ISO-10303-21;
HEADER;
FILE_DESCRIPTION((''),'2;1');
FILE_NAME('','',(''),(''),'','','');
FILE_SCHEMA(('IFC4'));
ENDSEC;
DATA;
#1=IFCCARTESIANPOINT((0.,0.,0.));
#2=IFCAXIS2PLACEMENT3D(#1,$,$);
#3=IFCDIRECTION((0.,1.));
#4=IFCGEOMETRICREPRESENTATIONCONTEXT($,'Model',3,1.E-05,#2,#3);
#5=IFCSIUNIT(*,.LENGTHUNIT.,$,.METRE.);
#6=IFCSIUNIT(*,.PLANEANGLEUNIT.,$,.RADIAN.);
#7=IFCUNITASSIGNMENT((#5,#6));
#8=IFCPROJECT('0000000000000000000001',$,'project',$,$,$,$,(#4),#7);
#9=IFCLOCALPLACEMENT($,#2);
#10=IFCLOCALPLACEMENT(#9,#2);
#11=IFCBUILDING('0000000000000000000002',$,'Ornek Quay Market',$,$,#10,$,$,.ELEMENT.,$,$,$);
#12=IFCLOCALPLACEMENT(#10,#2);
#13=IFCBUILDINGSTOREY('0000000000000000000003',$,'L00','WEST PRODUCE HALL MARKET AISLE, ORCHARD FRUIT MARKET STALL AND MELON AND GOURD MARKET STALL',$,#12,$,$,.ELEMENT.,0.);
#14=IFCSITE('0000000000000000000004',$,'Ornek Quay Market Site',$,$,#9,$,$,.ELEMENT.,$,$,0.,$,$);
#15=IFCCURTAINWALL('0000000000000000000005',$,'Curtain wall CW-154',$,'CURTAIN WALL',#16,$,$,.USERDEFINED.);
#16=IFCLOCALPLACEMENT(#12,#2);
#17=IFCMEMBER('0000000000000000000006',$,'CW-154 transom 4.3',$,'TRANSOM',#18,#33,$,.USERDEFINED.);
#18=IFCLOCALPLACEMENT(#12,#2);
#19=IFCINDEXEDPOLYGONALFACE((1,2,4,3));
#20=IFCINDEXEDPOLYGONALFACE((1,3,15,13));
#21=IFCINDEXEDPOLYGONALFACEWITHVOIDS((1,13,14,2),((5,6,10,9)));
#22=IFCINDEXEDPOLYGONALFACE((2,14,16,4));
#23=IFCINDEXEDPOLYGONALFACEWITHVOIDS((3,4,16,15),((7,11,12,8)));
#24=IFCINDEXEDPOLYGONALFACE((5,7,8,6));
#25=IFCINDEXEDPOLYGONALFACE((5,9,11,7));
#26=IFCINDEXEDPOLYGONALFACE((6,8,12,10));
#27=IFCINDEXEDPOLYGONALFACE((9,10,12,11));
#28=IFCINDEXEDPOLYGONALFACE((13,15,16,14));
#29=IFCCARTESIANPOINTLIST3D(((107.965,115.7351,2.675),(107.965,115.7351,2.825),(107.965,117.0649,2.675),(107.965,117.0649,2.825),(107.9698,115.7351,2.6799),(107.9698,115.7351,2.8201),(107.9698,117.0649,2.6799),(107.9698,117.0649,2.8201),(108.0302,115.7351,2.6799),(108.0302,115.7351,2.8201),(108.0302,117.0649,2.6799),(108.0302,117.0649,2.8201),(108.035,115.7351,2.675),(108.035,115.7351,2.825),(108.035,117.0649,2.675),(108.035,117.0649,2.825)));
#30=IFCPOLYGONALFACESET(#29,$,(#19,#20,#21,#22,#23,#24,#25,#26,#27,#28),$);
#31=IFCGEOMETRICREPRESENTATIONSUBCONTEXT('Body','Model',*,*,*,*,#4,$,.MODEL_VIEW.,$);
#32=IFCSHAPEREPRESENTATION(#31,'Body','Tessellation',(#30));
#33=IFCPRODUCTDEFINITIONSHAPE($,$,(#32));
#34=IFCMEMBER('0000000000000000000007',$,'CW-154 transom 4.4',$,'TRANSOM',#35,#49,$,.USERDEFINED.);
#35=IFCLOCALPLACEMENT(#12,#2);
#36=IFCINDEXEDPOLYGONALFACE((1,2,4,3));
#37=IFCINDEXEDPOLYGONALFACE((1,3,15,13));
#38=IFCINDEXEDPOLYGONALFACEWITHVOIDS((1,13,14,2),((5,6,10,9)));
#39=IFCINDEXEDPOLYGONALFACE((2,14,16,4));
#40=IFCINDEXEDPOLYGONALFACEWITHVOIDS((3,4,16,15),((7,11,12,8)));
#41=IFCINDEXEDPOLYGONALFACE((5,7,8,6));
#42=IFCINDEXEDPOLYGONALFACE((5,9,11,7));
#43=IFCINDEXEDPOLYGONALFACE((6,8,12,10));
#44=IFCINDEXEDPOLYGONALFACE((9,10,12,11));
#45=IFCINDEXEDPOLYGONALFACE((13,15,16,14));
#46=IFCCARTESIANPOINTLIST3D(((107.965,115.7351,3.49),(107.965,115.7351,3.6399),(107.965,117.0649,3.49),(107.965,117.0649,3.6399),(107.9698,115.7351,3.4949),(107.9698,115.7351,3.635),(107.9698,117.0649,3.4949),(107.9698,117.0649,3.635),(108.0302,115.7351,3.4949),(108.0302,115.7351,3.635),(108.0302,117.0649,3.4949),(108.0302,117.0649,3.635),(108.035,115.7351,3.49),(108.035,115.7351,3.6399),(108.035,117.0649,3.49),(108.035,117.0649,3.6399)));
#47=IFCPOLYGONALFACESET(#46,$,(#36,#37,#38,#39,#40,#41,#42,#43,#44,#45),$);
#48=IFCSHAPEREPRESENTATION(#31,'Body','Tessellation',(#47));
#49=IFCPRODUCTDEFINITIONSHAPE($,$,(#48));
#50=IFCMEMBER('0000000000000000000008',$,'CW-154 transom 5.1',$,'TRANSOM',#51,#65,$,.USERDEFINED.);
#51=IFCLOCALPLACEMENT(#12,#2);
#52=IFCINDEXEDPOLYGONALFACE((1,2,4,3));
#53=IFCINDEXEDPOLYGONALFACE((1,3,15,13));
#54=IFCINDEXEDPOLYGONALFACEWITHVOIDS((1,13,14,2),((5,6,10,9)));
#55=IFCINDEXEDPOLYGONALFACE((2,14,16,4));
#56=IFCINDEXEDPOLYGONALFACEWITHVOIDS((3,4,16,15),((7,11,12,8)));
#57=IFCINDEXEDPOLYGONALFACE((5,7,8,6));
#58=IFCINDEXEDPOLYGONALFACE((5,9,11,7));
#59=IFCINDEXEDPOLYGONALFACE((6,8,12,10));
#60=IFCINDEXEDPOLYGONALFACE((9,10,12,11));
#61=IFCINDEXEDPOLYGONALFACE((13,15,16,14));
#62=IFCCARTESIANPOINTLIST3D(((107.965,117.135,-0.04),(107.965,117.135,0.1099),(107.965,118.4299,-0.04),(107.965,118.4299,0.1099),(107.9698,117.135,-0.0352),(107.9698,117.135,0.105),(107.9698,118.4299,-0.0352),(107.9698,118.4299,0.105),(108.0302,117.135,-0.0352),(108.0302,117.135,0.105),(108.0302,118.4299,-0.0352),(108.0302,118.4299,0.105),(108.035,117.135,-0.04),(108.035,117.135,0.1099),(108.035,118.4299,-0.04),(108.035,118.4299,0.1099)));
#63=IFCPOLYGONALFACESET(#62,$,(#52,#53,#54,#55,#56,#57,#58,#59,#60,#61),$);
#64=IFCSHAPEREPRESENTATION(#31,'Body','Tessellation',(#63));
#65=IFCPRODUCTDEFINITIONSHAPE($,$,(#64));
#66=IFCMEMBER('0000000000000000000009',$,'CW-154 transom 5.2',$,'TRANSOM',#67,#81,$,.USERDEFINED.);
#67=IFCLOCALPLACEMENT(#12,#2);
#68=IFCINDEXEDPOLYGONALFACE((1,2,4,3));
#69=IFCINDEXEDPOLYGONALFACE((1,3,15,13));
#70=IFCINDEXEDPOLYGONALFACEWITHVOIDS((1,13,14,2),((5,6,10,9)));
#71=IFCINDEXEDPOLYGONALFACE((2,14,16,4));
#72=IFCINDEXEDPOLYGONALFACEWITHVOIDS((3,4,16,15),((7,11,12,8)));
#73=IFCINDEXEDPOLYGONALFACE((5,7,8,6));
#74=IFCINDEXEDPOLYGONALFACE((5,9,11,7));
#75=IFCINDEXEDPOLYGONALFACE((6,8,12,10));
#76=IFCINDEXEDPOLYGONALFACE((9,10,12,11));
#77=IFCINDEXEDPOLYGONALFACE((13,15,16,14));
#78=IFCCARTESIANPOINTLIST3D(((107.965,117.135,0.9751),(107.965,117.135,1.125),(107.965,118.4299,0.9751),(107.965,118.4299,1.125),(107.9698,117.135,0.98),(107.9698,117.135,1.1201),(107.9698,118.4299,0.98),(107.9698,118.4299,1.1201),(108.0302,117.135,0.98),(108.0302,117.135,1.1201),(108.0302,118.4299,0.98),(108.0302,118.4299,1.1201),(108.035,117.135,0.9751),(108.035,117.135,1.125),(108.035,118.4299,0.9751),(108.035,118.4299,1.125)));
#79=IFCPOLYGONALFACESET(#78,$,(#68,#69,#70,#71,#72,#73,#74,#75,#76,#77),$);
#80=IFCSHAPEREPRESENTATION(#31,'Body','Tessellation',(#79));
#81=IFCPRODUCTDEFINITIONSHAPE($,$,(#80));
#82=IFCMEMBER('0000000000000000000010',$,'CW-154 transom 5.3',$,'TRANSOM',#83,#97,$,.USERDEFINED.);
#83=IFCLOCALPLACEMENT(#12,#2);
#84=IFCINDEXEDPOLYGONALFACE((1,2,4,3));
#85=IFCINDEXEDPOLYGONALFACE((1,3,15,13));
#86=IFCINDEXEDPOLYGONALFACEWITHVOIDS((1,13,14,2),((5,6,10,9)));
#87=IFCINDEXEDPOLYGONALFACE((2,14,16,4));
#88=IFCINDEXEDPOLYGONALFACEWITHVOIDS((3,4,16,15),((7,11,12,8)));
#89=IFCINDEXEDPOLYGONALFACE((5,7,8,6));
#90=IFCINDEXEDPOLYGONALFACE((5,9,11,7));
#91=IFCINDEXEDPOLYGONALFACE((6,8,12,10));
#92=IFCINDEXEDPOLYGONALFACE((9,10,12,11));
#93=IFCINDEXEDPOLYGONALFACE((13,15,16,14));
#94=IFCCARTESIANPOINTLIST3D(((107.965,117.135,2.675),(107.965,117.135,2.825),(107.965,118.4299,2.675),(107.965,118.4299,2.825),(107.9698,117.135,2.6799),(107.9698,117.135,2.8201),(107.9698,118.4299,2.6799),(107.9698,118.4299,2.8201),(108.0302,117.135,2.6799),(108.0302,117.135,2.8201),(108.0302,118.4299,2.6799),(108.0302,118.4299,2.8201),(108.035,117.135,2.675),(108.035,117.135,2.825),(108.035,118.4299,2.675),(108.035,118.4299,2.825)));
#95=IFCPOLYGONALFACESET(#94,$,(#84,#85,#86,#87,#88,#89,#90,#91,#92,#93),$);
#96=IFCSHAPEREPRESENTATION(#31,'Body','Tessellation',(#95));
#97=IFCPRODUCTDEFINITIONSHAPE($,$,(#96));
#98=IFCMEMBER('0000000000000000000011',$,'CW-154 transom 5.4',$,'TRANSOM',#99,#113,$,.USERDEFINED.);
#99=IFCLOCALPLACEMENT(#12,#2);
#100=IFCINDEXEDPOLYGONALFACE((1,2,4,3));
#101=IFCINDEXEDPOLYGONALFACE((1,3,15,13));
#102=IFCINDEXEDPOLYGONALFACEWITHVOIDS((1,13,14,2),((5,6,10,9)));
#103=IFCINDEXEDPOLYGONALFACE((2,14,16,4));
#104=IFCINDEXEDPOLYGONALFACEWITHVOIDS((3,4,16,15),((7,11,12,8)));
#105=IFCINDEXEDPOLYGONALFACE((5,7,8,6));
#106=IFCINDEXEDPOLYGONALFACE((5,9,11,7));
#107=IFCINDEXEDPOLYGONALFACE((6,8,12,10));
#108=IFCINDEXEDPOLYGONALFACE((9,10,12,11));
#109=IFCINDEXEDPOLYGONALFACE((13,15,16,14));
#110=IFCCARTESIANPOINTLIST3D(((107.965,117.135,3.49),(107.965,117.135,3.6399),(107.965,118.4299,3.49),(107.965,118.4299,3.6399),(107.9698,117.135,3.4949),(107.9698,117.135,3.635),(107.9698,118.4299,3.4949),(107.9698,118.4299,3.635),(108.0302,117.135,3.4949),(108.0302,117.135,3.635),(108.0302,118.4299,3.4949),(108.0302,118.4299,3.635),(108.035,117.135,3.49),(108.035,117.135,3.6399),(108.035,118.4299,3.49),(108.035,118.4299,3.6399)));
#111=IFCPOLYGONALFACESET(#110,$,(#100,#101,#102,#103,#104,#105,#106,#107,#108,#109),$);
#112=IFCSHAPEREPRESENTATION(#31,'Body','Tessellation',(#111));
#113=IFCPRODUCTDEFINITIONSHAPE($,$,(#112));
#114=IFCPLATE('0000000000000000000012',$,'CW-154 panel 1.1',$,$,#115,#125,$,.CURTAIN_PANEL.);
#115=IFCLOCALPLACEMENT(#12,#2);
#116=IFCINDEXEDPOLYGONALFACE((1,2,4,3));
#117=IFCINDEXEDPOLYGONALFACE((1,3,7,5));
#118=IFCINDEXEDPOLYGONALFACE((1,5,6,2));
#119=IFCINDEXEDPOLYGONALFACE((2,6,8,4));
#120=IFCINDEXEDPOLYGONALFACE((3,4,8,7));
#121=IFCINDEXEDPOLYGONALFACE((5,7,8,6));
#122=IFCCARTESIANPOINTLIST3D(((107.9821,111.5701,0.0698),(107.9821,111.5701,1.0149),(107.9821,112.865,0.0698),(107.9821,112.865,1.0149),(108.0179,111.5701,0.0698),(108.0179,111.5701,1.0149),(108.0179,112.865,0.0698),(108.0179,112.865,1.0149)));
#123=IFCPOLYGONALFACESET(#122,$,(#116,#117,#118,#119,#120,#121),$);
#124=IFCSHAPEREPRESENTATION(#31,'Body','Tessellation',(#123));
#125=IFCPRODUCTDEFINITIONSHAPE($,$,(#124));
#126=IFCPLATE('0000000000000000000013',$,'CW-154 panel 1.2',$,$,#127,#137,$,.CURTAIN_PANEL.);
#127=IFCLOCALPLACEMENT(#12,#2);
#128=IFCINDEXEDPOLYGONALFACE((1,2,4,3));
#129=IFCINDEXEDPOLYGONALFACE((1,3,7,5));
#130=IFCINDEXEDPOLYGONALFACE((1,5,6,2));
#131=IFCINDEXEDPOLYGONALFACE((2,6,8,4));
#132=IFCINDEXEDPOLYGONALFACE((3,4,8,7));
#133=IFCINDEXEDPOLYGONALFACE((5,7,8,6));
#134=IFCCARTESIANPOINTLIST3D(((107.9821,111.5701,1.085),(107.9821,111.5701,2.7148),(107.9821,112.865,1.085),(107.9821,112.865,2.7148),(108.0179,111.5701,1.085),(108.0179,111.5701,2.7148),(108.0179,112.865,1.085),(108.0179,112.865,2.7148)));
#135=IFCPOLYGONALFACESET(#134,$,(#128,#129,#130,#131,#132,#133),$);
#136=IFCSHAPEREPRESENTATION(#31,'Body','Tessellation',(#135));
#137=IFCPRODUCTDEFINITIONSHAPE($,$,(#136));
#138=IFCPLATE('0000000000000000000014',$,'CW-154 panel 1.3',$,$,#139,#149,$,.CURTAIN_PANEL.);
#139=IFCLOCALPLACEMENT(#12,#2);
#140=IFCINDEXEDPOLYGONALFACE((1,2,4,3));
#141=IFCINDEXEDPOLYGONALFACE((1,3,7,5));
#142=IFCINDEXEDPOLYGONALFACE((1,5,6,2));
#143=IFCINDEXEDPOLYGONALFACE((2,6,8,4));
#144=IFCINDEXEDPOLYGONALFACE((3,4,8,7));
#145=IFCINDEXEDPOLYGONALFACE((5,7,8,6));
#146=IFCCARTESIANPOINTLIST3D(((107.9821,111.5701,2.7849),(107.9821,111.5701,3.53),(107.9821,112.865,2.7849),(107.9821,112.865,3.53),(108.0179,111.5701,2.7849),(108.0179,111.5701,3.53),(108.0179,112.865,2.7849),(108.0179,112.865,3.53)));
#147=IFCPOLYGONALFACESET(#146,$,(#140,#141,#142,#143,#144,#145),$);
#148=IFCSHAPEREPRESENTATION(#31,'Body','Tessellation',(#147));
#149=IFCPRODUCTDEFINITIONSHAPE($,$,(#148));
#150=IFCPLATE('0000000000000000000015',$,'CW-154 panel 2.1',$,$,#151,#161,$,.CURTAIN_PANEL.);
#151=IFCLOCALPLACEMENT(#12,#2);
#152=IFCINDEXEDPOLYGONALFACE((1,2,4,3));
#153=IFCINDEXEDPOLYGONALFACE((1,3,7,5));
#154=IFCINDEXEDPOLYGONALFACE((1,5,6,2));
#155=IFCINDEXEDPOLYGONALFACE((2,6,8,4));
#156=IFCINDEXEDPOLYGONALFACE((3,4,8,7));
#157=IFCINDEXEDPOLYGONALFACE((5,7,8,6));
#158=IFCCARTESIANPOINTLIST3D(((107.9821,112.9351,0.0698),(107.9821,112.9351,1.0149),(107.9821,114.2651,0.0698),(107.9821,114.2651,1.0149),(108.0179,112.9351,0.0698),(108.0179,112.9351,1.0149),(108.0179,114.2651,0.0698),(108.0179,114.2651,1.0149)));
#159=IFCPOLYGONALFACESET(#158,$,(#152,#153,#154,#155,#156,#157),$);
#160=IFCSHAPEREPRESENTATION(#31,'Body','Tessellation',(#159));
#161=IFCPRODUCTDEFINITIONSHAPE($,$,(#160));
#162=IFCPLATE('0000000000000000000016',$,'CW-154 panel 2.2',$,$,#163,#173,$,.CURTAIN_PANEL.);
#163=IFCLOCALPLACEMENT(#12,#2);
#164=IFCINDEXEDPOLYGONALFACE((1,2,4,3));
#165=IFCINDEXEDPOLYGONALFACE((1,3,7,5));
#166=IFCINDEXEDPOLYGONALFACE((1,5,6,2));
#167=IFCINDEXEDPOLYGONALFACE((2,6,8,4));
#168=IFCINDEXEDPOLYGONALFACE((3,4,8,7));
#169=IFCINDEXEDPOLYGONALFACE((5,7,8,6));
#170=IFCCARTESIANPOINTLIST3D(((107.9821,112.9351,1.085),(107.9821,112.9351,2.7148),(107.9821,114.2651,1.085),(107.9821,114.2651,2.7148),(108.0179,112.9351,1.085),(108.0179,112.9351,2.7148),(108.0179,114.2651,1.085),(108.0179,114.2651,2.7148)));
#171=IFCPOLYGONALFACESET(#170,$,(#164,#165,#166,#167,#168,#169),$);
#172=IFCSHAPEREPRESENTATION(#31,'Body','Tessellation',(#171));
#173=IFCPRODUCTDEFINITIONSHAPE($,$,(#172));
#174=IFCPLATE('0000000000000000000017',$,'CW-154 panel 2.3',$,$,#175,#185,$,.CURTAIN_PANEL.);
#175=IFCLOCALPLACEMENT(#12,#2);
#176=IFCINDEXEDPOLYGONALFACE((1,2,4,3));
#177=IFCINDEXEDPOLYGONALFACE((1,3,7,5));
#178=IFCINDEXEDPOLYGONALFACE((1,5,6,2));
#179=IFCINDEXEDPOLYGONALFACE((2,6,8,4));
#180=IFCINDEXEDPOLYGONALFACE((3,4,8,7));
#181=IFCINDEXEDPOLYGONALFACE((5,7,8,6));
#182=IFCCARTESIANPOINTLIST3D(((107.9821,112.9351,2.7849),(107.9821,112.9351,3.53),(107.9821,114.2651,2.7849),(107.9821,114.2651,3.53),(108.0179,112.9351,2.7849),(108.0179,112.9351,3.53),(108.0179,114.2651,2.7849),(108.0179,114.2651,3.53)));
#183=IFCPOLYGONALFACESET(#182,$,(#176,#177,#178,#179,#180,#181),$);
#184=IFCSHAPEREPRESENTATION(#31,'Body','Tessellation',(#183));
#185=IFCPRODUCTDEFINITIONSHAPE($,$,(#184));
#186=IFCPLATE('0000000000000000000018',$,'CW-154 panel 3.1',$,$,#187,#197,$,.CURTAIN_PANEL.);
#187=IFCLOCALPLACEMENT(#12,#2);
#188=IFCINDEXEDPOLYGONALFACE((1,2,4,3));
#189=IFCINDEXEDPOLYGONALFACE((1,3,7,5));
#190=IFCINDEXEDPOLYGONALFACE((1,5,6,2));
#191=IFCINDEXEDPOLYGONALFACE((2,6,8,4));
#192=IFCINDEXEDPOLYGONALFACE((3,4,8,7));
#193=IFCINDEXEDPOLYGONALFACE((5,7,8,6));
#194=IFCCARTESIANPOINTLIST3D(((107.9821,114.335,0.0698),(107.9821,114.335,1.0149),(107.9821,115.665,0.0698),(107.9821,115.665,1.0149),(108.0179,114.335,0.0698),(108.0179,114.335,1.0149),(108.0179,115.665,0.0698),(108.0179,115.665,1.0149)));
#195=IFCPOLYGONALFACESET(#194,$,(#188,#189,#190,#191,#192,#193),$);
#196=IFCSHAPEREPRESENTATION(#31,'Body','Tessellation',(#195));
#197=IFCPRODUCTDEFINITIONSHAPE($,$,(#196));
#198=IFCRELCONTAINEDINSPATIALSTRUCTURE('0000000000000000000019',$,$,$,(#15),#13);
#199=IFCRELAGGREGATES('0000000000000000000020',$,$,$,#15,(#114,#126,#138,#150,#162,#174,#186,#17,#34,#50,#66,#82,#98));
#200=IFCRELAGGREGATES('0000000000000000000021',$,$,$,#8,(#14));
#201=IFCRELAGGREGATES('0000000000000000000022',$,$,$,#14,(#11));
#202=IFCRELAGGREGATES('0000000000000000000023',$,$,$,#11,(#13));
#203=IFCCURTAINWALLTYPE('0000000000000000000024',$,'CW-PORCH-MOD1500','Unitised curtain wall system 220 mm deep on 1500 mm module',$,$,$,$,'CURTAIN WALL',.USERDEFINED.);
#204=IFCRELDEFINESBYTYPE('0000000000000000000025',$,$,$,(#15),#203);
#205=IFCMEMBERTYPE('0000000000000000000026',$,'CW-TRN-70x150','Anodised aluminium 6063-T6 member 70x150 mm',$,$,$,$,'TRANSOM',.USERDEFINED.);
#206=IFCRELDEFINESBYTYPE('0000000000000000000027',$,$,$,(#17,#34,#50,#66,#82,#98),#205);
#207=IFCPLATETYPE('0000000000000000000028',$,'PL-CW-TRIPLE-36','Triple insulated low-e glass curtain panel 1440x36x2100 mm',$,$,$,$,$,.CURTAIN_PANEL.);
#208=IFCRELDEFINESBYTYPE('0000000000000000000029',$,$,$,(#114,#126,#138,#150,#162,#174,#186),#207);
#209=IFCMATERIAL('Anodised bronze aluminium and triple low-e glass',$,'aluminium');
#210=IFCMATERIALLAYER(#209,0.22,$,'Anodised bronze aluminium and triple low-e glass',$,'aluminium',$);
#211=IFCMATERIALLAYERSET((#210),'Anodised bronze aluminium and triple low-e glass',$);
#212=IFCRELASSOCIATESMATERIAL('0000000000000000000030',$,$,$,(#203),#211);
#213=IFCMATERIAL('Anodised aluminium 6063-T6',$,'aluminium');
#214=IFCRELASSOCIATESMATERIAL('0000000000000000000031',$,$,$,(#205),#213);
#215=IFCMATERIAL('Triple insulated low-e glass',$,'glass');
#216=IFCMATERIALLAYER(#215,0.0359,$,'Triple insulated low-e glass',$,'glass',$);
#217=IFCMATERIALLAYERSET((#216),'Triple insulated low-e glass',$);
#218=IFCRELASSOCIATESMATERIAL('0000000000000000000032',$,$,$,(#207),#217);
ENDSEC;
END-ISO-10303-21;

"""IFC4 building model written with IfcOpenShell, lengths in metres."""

from ifc_helpers import new_model, si_unit, direction, frame, origin, origin_2d, place, context, subcontext, project, spatial, rectangle, hollow_rectangle, extrude, material, layer, layer_set, material_profile, profile_set, type_object, element, aggregate, save


model = new_model("IFC4")

# Units and contexts
model_context = context("Model", 3, precision=1e-05, world=origin(), true_north=direction((0.0, 1.0)))
body_context = subcontext(model_context, "Body", "Model", "MODEL_VIEW")
ifc_project = project(units=[si_unit("LENGTHUNIT", "METRE"), si_unit("PLANEANGLEUNIT", "RADIAN")], contexts=[model_context])

# Site, building, storey
site_placement = place(None, origin())
site = spatial("IfcSite", under=ifc_project, at=site_placement, Name="Ornek Quay Market Site", CompositionType="ELEMENT", RefElevation=0.0)
building_placement = place(site_placement, origin())
building = spatial("IfcBuilding", under=site, at=building_placement, Name="Ornek Quay Market", CompositionType="ELEMENT")
storey_placement = place(building_placement, origin())
storey = spatial("IfcBuildingStorey", under=building, at=storey_placement, Name="L00", Description="WEST PRODUCE HALL MARKET AISLE, ORCHARD FRUIT MARKET STALL AND MELON AND GOURD MARKET STALL", CompositionType="ELEMENT", Elevation=0.0)

# Curtain wall, members, plates
ifc_material_1 = material(Name="Anodised bronze aluminium and triple low-e glass", Category="aluminium")
ifc_layer_1 = layer(ifc_material_1, 0.22, Name="Anodised bronze aluminium and triple low-e glass", Category="aluminium")
ifc_layer_set_1 = layer_set([ifc_layer_1], Name="Anodised bronze aluminium and triple low-e glass")
curtain_wall_type = type_object("IfcCurtainWallType", Name="CW-PORCH-MOD1500", Description="Unitised curtain wall system 220 mm deep on 1500 mm module", ElementType="CURTAIN WALL", PredefinedType="USERDEFINED", material=ifc_layer_set_1)
curtain_wall_placement = place(storey_placement, origin())
curtain_wall = element("IfcCurtainWall", 1, at=curtain_wall_placement, inside=storey, type_object=curtain_wall_type, Name="Curtain wall CW-154", ObjectType="CURTAIN WALL", PredefinedType="USERDEFINED")
ifc_material_2 = material(Name="Anodised aluminium 6063-T6", Category="aluminium")
ifc_material_profile_1 = material_profile(ifc_material_2, hollow_rectangle(XDim=0.0701, YDim=0.1499, WallThickness=0.0049, at=origin_2d()), Name="CW-TRN-70x150", Category="aluminium")
ifc_profile_set_1 = profile_set([ifc_material_profile_1], Name="Anodised aluminium 6063-T6")
member_type_1 = type_object("IfcMemberType", Name="CW-TRN-70x150", Description="Anodised aluminium 6063-T6 member 70x150 mm", ElementType="TRANSOM", PredefinedType="USERDEFINED", material=ifc_profile_set_1)
member_1_placement = place(storey_placement, frame((108.0, 115.7351, 2.75), z_axis=(0.0, 1.0, 0.0), x_axis=(-1.0, 0.0, 0.0)))
member_1 = element("IfcMember", 2, at=member_1_placement, type_object=member_type_1, Name="CW-154 transom 4.3", ObjectType="TRANSOM", PredefinedType="USERDEFINED", context=body_context, shape_type="SweptSolid", body=[
    extrude(hollow_rectangle(XDim=0.0701, YDim=0.1499, WallThickness=0.0049, at=origin_2d()), origin(), (0.0, 0.0, 1.0), 1.3298),
])
member_2_placement = place(storey_placement, frame((108.0, 115.7351, 3.5649), z_axis=(0.0, 1.0, 0.0), x_axis=(-1.0, 0.0, 0.0)))
member_2 = element("IfcMember", 3, at=member_2_placement, type_object=member_type_1, Name="CW-154 transom 4.4", ObjectType="TRANSOM", PredefinedType="USERDEFINED", context=body_context, shape_type="SweptSolid", body=[
    extrude(hollow_rectangle(XDim=0.0701, YDim=0.1499, WallThickness=0.0049, at=origin_2d()), origin(), (0.0, 0.0, 1.0), 1.3298),
])
member_3_placement = place(storey_placement, frame((108.0, 117.135, 0.0349), z_axis=(0.0, 1.0, 0.0), x_axis=(-1.0, 0.0, 0.0)))
member_3 = element("IfcMember", 4, at=member_3_placement, type_object=member_type_1, Name="CW-154 transom 5.1", ObjectType="TRANSOM", PredefinedType="USERDEFINED", context=body_context, shape_type="SweptSolid", body=[
    extrude(hollow_rectangle(XDim=0.0701, YDim=0.1499, WallThickness=0.0049, at=origin_2d()), origin(), (0.0, 0.0, 1.0), 1.2949),
])
member_4_placement = place(storey_placement, frame((108.0, 117.135, 1.05), z_axis=(0.0, 1.0, 0.0), x_axis=(-1.0, 0.0, 0.0)))
member_4 = element("IfcMember", 5, at=member_4_placement, type_object=member_type_1, Name="CW-154 transom 5.2", ObjectType="TRANSOM", PredefinedType="USERDEFINED", context=body_context, shape_type="SweptSolid", body=[
    extrude(hollow_rectangle(XDim=0.0701, YDim=0.1499, WallThickness=0.0049, at=origin_2d()), origin(), (0.0, 0.0, 1.0), 1.2949),
])
member_5_placement = place(storey_placement, frame((108.0, 117.135, 2.75), z_axis=(0.0, 1.0, 0.0), x_axis=(-1.0, 0.0, 0.0)))
member_5 = element("IfcMember", 6, at=member_5_placement, type_object=member_type_1, Name="CW-154 transom 5.3", ObjectType="TRANSOM", PredefinedType="USERDEFINED", context=body_context, shape_type="SweptSolid", body=[
    extrude(hollow_rectangle(XDim=0.0701, YDim=0.1499, WallThickness=0.0049, at=origin_2d()), origin(), (0.0, 0.0, 1.0), 1.2949),
])
member_6_placement = place(storey_placement, frame((108.0, 117.135, 3.5649), z_axis=(0.0, 1.0, 0.0), x_axis=(-1.0, 0.0, 0.0)))
member_6 = element("IfcMember", 7, at=member_6_placement, type_object=member_type_1, Name="CW-154 transom 5.4", ObjectType="TRANSOM", PredefinedType="USERDEFINED", context=body_context, shape_type="SweptSolid", body=[
    extrude(hollow_rectangle(XDim=0.0701, YDim=0.1499, WallThickness=0.0049, at=origin_2d()), origin(), (0.0, 0.0, 1.0), 1.2949),
])
ifc_material_3 = material(Name="Triple insulated low-e glass", Category="glass")
ifc_layer_2 = layer(ifc_material_3, 0.0359, Name="Triple insulated low-e glass", Category="glass")
ifc_layer_set_2 = layer_set([ifc_layer_2], Name="Triple insulated low-e glass")
plate_type = type_object("IfcPlateType", Name="PL-CW-TRIPLE-36", Description="Triple insulated low-e glass curtain panel 1440x36x2100 mm", PredefinedType="CURTAIN_PANEL", material=ifc_layer_set_2)
plate_1_placement = place(storey_placement, frame((108.0, 112.2175, 0.0698), z_axis=(0.0, 0.0, 1.0), x_axis=(0.0, 1.0, 0.0)))
plate_1 = element("IfcPlate", 8, at=plate_1_placement, type_object=plate_type, Name="CW-154 panel 1.1", PredefinedType="CURTAIN_PANEL", context=body_context, shape_type="SweptSolid", body=[
    extrude(rectangle(XDim=1.2949, YDim=0.0359, at=origin_2d()), origin(), (0.0, 0.0, 1.0), 0.9451),
])
plate_2_placement = place(storey_placement, frame((108.0, 112.2175, 1.085), z_axis=(0.0, 0.0, 1.0), x_axis=(0.0, 1.0, 0.0)))
plate_2 = element("IfcPlate", 9, at=plate_2_placement, type_object=plate_type, Name="CW-154 panel 1.2", PredefinedType="CURTAIN_PANEL", context=body_context, shape_type="SweptSolid", body=[
    extrude(rectangle(XDim=1.2949, YDim=0.0359, at=origin_2d()), origin(), (0.0, 0.0, 1.0), 1.6299),
])
plate_3_placement = place(storey_placement, frame((108.0, 112.2175, 2.7849), z_axis=(0.0, 0.0, 1.0), x_axis=(0.0, 1.0, 0.0)))
plate_3 = element("IfcPlate", 10, at=plate_3_placement, type_object=plate_type, Name="CW-154 panel 1.3", PredefinedType="CURTAIN_PANEL", context=body_context, shape_type="SweptSolid", body=[
    extrude(rectangle(XDim=1.2949, YDim=0.0359, at=origin_2d()), origin(), (0.0, 0.0, 1.0), 0.7451),
])
plate_4_placement = place(storey_placement, frame((108.0, 113.6001, 0.0698), z_axis=(0.0, 0.0, 1.0), x_axis=(0.0, 1.0, 0.0)))
plate_4 = element("IfcPlate", 11, at=plate_4_placement, type_object=plate_type, Name="CW-154 panel 2.1", PredefinedType="CURTAIN_PANEL", context=body_context, shape_type="SweptSolid", body=[
    extrude(rectangle(XDim=1.3301, YDim=0.0359, at=origin_2d()), origin(), (0.0, 0.0, 1.0), 0.9451),
])
plate_5_placement = place(storey_placement, frame((108.0, 113.6001, 1.085), z_axis=(0.0, 0.0, 1.0), x_axis=(0.0, 1.0, 0.0)))
plate_5 = element("IfcPlate", 12, at=plate_5_placement, type_object=plate_type, Name="CW-154 panel 2.2", PredefinedType="CURTAIN_PANEL", context=body_context, shape_type="SweptSolid", body=[
    extrude(rectangle(XDim=1.3301, YDim=0.0359, at=origin_2d()), origin(), (0.0, 0.0, 1.0), 1.6299),
])
plate_6_placement = place(storey_placement, frame((108.0, 113.6001, 2.7849), z_axis=(0.0, 0.0, 1.0), x_axis=(0.0, 1.0, 0.0)))
plate_6 = element("IfcPlate", 13, at=plate_6_placement, type_object=plate_type, Name="CW-154 panel 2.3", PredefinedType="CURTAIN_PANEL", context=body_context, shape_type="SweptSolid", body=[
    extrude(rectangle(XDim=1.3301, YDim=0.0359, at=origin_2d()), origin(), (0.0, 0.0, 1.0), 0.7451),
])
plate_7_placement = place(storey_placement, frame((108.0, 115.0, 0.0698), z_axis=(0.0, 0.0, 1.0), x_axis=(0.0, 1.0, 0.0)))
plate_7 = element("IfcPlate", 14, at=plate_7_placement, type_object=plate_type, Name="CW-154 panel 3.1", PredefinedType="CURTAIN_PANEL", context=body_context, shape_type="SweptSolid", body=[
    extrude(rectangle(XDim=1.3301, YDim=0.0359, at=origin_2d()), origin(), (0.0, 0.0, 1.0), 0.9451),
])
aggregate(curtain_wall, [plate_1, plate_2, plate_3, plate_4, plate_5, plate_6, plate_7, member_1, member_2, member_3, member_4, member_5, member_6])

save(model, "model.ifc")
